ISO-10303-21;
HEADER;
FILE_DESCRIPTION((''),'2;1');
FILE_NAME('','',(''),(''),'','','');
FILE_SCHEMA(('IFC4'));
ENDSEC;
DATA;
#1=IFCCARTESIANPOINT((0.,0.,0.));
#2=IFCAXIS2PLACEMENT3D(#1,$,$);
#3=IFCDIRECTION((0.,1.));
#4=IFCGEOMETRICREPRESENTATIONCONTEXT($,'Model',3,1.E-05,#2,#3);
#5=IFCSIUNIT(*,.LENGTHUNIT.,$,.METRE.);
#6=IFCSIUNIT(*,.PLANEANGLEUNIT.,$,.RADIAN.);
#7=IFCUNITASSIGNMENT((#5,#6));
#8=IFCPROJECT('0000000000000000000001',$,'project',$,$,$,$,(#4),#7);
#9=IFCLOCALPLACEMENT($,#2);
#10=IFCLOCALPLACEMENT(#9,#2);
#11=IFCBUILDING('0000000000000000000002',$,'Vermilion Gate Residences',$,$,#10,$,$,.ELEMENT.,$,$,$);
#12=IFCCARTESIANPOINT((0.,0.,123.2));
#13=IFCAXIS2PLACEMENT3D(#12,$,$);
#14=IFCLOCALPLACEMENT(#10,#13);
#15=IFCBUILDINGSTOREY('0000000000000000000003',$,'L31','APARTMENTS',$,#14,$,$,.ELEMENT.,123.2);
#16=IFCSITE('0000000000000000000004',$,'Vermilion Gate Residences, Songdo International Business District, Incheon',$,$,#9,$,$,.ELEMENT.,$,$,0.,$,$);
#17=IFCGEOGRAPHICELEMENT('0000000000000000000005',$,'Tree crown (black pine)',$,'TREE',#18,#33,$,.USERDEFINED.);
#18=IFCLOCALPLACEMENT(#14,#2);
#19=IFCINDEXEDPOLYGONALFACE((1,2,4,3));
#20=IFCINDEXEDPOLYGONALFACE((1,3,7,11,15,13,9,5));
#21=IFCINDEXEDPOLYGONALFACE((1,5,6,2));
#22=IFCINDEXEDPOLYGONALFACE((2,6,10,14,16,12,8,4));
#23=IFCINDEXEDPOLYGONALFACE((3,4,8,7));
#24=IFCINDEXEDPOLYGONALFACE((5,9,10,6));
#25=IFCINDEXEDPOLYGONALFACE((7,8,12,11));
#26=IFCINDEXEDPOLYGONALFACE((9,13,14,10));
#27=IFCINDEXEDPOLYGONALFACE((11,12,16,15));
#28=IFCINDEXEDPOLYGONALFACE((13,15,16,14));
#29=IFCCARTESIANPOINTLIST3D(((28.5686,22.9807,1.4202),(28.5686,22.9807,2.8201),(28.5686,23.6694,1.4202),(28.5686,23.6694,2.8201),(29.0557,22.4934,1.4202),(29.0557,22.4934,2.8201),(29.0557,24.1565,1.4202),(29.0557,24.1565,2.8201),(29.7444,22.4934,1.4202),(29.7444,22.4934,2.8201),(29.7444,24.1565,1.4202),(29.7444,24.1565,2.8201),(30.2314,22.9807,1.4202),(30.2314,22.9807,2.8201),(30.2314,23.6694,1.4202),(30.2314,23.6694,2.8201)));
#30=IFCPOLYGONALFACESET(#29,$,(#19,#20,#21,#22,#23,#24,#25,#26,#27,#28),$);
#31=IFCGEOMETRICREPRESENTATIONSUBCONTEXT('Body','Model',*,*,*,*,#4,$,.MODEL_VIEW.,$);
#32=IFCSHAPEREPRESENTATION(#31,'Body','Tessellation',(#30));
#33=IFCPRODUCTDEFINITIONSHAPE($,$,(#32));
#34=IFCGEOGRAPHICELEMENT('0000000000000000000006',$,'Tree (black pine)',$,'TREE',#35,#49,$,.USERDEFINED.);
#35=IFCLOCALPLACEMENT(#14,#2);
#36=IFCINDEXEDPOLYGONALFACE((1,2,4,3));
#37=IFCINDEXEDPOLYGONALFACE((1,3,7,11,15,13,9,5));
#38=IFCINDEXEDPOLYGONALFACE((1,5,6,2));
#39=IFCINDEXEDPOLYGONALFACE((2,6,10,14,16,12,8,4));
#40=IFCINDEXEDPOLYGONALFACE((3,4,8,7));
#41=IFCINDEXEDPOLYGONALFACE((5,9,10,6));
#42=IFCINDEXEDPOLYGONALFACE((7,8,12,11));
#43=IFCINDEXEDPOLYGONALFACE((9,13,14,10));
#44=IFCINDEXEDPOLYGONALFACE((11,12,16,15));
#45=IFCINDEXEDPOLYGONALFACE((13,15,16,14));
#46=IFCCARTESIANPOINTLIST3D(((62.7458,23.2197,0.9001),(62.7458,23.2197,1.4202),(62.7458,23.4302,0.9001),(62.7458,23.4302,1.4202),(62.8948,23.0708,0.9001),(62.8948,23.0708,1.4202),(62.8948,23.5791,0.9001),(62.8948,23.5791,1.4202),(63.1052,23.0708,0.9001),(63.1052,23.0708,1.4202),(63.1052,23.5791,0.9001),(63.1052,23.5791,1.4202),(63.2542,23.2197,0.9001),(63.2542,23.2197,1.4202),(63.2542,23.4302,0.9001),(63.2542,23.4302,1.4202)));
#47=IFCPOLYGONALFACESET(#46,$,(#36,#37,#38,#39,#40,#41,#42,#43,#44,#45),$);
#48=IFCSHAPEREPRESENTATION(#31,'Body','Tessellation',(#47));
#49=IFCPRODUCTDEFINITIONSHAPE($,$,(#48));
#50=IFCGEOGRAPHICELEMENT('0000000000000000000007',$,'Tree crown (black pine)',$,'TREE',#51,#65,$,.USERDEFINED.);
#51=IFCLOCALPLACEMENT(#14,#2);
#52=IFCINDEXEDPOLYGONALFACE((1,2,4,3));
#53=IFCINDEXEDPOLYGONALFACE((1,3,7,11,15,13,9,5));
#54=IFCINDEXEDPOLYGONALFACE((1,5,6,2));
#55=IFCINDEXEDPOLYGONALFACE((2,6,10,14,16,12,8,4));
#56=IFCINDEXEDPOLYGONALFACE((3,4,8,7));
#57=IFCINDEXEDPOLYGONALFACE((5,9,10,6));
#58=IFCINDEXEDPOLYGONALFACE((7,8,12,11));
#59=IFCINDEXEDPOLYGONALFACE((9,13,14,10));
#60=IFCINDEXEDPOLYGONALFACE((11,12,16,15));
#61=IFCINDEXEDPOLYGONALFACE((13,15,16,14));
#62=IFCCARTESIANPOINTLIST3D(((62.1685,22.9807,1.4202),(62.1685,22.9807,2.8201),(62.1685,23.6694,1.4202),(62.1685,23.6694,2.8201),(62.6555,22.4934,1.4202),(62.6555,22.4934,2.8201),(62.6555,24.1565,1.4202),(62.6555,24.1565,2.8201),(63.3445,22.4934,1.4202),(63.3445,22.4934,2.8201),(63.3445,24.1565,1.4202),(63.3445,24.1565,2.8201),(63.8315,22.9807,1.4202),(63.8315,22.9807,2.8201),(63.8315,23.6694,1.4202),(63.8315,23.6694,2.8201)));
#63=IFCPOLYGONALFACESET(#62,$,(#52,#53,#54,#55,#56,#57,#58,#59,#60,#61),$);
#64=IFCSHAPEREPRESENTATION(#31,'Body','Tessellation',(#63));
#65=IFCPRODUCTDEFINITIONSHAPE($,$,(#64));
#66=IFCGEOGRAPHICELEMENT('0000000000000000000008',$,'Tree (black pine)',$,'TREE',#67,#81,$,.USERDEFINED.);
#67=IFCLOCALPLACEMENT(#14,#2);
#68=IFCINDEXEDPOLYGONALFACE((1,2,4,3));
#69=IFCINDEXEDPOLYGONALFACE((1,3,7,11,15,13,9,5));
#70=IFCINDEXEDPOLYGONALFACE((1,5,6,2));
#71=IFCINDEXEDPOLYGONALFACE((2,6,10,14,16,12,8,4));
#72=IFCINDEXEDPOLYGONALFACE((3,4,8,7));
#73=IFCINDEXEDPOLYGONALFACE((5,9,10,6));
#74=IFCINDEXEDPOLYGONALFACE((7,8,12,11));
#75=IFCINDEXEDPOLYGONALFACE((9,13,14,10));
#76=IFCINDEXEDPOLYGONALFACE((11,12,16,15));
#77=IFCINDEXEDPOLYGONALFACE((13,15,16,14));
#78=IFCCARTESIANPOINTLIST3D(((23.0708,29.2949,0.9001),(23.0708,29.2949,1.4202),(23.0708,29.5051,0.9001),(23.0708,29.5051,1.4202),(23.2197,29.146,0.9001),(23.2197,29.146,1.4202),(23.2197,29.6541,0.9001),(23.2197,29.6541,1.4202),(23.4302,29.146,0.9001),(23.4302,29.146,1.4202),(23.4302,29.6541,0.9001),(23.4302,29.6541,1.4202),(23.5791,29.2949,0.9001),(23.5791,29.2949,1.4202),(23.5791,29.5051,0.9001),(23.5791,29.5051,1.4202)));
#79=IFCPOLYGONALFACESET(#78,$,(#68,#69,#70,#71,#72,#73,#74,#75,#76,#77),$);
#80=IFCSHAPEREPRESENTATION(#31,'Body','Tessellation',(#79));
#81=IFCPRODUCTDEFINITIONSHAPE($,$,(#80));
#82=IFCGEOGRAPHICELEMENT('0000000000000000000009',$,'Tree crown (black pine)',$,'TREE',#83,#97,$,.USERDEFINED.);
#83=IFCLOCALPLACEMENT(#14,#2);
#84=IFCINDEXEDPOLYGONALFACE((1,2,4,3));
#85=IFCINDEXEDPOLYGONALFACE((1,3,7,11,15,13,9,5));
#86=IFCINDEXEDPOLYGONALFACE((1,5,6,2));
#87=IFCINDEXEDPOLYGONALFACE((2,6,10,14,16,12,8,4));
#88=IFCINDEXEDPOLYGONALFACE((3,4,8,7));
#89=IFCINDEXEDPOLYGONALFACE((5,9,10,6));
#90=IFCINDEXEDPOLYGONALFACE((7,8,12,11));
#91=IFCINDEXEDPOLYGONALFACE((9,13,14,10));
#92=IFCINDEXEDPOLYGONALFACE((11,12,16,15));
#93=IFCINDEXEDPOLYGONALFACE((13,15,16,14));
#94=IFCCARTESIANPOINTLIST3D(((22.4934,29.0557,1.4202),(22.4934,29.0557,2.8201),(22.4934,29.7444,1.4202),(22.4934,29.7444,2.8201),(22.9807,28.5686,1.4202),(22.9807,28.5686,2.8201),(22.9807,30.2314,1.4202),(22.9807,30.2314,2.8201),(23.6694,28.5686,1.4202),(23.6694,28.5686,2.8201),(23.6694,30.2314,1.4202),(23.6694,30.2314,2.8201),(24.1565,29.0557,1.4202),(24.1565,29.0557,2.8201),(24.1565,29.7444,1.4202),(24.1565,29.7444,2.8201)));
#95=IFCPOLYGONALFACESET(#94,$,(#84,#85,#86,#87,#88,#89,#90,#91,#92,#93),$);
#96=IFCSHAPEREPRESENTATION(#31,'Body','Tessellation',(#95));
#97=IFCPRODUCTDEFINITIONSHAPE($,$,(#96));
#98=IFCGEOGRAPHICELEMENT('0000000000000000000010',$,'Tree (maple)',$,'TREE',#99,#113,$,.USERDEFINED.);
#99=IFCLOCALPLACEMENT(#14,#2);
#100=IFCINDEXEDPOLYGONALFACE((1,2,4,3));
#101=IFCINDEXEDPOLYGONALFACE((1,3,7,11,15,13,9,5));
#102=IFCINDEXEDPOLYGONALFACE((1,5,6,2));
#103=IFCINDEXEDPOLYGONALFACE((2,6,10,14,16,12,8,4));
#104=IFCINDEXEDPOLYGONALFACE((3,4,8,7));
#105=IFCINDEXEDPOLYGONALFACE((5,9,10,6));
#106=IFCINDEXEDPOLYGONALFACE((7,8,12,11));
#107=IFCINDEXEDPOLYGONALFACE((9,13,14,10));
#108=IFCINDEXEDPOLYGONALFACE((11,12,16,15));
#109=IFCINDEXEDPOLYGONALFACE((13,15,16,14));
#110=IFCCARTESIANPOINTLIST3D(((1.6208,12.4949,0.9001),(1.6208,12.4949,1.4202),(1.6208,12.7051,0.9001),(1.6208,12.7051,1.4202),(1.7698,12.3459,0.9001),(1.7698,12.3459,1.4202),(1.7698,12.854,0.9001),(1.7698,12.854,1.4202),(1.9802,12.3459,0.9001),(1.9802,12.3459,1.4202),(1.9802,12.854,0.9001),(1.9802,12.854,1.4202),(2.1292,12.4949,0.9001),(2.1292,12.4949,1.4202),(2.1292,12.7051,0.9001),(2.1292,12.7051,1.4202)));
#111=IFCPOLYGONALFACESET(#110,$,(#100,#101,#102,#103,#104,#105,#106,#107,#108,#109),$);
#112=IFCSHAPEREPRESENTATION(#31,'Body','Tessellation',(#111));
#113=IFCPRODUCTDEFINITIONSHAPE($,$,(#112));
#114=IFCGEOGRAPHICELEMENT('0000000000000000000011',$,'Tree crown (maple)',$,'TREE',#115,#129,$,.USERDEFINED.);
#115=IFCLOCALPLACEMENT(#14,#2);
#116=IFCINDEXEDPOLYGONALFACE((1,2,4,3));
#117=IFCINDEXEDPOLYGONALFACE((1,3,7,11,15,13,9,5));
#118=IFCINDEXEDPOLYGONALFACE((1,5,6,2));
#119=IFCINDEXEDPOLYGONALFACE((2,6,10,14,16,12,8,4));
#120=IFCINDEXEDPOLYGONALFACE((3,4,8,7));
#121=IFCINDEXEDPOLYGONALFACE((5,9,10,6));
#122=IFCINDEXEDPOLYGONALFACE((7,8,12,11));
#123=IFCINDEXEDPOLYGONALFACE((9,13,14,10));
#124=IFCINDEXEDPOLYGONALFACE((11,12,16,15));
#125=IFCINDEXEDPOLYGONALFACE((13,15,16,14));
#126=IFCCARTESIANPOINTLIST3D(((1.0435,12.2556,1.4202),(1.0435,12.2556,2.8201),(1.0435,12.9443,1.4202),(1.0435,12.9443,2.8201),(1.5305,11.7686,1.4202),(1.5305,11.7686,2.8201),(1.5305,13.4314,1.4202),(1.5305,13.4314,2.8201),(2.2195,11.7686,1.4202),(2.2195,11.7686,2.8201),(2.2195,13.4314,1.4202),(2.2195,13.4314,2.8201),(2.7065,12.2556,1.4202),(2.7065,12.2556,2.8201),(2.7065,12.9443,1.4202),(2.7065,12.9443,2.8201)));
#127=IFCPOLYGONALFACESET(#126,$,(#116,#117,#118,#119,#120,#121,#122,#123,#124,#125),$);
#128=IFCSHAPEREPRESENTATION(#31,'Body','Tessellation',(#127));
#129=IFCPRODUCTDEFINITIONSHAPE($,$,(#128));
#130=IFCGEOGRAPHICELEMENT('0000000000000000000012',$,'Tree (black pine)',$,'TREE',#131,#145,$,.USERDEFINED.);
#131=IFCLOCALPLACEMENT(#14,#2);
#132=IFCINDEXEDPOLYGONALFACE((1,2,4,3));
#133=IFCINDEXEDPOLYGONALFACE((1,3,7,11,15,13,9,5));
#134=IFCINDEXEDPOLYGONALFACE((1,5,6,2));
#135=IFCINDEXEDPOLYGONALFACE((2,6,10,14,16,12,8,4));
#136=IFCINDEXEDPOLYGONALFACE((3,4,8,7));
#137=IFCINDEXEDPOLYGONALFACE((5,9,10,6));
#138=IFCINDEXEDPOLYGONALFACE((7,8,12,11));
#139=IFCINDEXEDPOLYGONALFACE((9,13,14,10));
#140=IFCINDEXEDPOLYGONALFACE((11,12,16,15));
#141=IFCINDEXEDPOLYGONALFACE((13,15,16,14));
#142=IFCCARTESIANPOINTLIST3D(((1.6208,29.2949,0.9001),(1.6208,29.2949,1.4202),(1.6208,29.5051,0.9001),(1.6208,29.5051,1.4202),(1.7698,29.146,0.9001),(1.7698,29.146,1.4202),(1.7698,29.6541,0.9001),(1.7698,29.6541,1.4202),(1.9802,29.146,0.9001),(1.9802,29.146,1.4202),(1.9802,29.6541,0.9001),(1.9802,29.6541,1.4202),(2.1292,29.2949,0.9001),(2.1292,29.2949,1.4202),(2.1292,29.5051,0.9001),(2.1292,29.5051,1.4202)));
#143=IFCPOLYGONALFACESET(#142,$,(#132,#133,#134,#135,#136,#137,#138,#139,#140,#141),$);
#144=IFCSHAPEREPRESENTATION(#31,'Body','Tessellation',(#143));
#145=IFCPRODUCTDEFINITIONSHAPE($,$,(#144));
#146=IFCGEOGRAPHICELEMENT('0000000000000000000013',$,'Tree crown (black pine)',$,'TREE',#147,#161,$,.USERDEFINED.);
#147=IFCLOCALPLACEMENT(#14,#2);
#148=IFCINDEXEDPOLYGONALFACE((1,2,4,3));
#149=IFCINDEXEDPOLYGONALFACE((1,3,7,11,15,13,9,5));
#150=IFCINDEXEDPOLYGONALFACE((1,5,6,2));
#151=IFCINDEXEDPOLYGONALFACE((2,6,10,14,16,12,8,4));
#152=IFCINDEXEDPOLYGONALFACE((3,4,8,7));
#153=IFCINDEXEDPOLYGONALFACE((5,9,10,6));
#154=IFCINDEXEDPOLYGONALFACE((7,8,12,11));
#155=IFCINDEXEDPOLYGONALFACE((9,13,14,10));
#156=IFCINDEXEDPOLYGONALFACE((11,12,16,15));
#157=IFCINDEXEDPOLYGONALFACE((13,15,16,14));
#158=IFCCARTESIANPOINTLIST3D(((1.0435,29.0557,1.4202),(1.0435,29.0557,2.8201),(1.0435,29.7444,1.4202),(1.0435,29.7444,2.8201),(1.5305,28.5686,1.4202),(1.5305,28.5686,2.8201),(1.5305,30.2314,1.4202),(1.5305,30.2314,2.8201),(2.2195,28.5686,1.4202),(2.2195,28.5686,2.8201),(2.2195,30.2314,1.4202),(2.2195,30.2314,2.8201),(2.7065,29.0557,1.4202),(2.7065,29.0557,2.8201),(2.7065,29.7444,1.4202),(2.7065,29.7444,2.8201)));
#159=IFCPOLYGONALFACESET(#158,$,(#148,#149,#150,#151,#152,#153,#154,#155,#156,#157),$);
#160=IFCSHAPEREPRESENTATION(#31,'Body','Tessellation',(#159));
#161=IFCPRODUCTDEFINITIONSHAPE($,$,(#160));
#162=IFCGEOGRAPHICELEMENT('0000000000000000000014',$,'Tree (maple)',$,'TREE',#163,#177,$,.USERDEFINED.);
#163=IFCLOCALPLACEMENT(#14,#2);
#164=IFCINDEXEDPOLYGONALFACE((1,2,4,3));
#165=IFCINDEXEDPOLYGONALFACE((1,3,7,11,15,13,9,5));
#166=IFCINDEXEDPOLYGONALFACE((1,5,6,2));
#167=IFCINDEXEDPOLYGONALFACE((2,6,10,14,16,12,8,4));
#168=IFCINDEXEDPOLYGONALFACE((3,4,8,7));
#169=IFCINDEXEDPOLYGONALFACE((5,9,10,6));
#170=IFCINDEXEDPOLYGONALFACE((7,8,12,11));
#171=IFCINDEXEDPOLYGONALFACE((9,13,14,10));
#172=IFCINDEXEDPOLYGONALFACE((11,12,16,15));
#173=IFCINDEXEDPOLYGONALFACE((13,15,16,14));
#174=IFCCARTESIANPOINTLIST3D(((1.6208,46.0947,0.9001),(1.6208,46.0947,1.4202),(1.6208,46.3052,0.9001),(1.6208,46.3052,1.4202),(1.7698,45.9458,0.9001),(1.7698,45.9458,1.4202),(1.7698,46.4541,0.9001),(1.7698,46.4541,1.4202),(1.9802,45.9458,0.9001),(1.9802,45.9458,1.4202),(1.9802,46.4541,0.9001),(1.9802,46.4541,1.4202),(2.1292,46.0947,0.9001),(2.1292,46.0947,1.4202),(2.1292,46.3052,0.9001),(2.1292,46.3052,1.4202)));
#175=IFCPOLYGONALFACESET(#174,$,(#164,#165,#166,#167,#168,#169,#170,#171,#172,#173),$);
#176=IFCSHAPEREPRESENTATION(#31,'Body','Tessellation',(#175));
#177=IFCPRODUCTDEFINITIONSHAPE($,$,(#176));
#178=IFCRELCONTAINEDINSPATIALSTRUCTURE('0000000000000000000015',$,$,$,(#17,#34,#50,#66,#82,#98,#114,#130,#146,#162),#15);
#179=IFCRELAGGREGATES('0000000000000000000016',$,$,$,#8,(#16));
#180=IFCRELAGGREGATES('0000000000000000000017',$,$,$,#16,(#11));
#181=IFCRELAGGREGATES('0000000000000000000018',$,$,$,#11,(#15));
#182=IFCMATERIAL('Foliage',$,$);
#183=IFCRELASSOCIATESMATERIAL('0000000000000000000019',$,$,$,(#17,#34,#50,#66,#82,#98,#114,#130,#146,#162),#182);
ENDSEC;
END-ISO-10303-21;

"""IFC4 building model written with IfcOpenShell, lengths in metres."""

from ifc_helpers import new_model, si_unit, direction, frame, origin, place, context, subcontext, project, spatial, polyline, outline, extrude, material, element, save


model = new_model("IFC4")

# Units and contexts
model_context = context("Model", 3, precision=1e-05, world=origin(), true_north=direction((0.0, 1.0)))
body_context = subcontext(model_context, "Body", "Model", "MODEL_VIEW")
ifc_project = project(units=[si_unit("LENGTHUNIT", "METRE"), si_unit("PLANEANGLEUNIT", "RADIAN")], contexts=[model_context])

# Site, building, storey
site_placement = place(None, origin())
site = spatial("IfcSite", under=ifc_project, at=site_placement, Name="Vermilion Gate Residences, Songdo International Business District, Incheon", CompositionType="ELEMENT", RefElevation=0.0)
building_placement = place(site_placement, origin())
building = spatial("IfcBuilding", under=site, at=building_placement, Name="Vermilion Gate Residences", CompositionType="ELEMENT")
storey_placement = place(building_placement, frame((0.0, 0.0, 123.2)))
storey = spatial("IfcBuildingStorey", under=building, at=storey_placement, Name="L31", Description="APARTMENTS", CompositionType="ELEMENT", Elevation=123.2)

# Geographic elements
ifc_material_1 = material(Name="Foliage")
geographic_element_1_placement = place(storey_placement, frame((0.0, 0.0, 1.4202)))
element("IfcGeographicElement", 1, at=geographic_element_1_placement, inside=storey, material=ifc_material_1, Name="Tree crown (black pine)", ObjectType="TREE", PredefinedType="USERDEFINED", context=body_context, shape_type="SweptSolid", body=[
    extrude(outline(polyline([(30.2314, 23.6694), (29.7444, 24.1565), (29.0557, 24.1565), (28.5686, 23.6694), (28.5686, 22.9807), (29.0557, 22.4934), (29.7444, 22.4934), (30.2314, 22.9807), (30.2314, 23.6694)])), origin(), (0.0, 0.0, 1.0), 1.3999),
])
geographic_element_2_placement = place(storey_placement, frame((0.0, 0.0, 0.9001)))
element("IfcGeographicElement", 2, at=geographic_element_2_placement, inside=storey, material=ifc_material_1, Name="Tree (black pine)", ObjectType="TREE", PredefinedType="USERDEFINED", context=body_context, shape_type="SweptSolid", body=[
    extrude(outline(polyline([(63.2542, 23.4302), (63.1052, 23.5791), (62.8948, 23.5791), (62.7458, 23.4302), (62.7458, 23.2197), (62.8948, 23.0708), (63.1052, 23.0708), (63.2542, 23.2197), (63.2542, 23.4302)])), origin(), (0.0, 0.0, 1.0), 0.52),
])
geographic_element_3_placement = place(storey_placement, frame((0.0, 0.0, 1.4202)))
element("IfcGeographicElement", 3, at=geographic_element_3_placement, inside=storey, material=ifc_material_1, Name="Tree crown (black pine)", ObjectType="TREE", PredefinedType="USERDEFINED", context=body_context, shape_type="SweptSolid", body=[
    extrude(outline(polyline([(63.8315, 23.6694), (63.3445, 24.1565), (62.6555, 24.1565), (62.1685, 23.6694), (62.1685, 22.9807), (62.6555, 22.4934), (63.3445, 22.4934), (63.8315, 22.9807), (63.8315, 23.6694)])), origin(), (0.0, 0.0, 1.0), 1.3999),
])
geographic_element_4_placement = place(storey_placement, frame((0.0, 0.0, 0.9001)))
element("IfcGeographicElement", 4, at=geographic_element_4_placement, inside=storey, material=ifc_material_1, Name="Tree (black pine)", ObjectType="TREE", PredefinedType="USERDEFINED", context=body_context, shape_type="SweptSolid", body=[
    extrude(outline(polyline([(23.5791, 29.5051), (23.4302, 29.6541), (23.2197, 29.6541), (23.0708, 29.5051), (23.0708, 29.2949), (23.2197, 29.146), (23.4302, 29.146), (23.5791, 29.2949), (23.5791, 29.5051)])), origin(), (0.0, 0.0, 1.0), 0.52),
])
geographic_element_5_placement = place(storey_placement, frame((0.0, 0.0, 1.4202)))
element("IfcGeographicElement", 5, at=geographic_element_5_placement, inside=storey, material=ifc_material_1, Name="Tree crown (black pine)", ObjectType="TREE", PredefinedType="USERDEFINED", context=body_context, shape_type="SweptSolid", body=[
    extrude(outline(polyline([(24.1565, 29.7444), (23.6694, 30.2314), (22.9807, 30.2314), (22.4934, 29.7444), (22.4934, 29.0557), (22.9807, 28.5686), (23.6694, 28.5686), (24.1565, 29.0557), (24.1565, 29.7444)])), origin(), (0.0, 0.0, 1.0), 1.3999),
])
geographic_element_6_placement = place(storey_placement, frame((0.0, 0.0, 0.9001)))
element("IfcGeographicElement", 6, at=geographic_element_6_placement, inside=storey, material=ifc_material_1, Name="Tree (maple)", ObjectType="TREE", PredefinedType="USERDEFINED", context=body_context, shape_type="SweptSolid", body=[
    extrude(outline(polyline([(2.1292, 12.7051), (1.9802, 12.854), (1.7698, 12.854), (1.6208, 12.7051), (1.6208, 12.4949), (1.7698, 12.3459), (1.9802, 12.3459), (2.1292, 12.4949), (2.1292, 12.7051)])), origin(), (0.0, 0.0, 1.0), 0.52),
])
geographic_element_7_placement = place(storey_placement, frame((0.0, 0.0, 1.4202)))
element("IfcGeographicElement", 7, at=geographic_element_7_placement, inside=storey, material=ifc_material_1, Name="Tree crown (maple)", ObjectType="TREE", PredefinedType="USERDEFINED", context=body_context, shape_type="SweptSolid", body=[
    extrude(outline(polyline([(2.7065, 12.9443), (2.2195, 13.4314), (1.5305, 13.4314), (1.0435, 12.9443), (1.0435, 12.2556), (1.5305, 11.7686), (2.2195, 11.7686), (2.7065, 12.2556), (2.7065, 12.9443)])), origin(), (0.0, 0.0, 1.0), 1.3999),
])
geographic_element_8_placement = place(storey_placement, frame((0.0, 0.0, 0.9001)))
element("IfcGeographicElement", 8, at=geographic_element_8_placement, inside=storey, material=ifc_material_1, Name="Tree (black pine)", ObjectType="TREE", PredefinedType="USERDEFINED", context=body_context, shape_type="SweptSolid", body=[
    extrude(outline(polyline([(2.1292, 29.5051), (1.9802, 29.6541), (1.7698, 29.6541), (1.6208, 29.5051), (1.6208, 29.2949), (1.7698, 29.146), (1.9802, 29.146), (2.1292, 29.2949), (2.1292, 29.5051)])), origin(), (0.0, 0.0, 1.0), 0.52),
])
geographic_element_9_placement = place(storey_placement, frame((0.0, 0.0, 1.4202)))
element("IfcGeographicElement", 9, at=geographic_element_9_placement, inside=storey, material=ifc_material_1, Name="Tree crown (black pine)", ObjectType="TREE", PredefinedType="USERDEFINED", context=body_context, shape_type="SweptSolid", body=[
    extrude(outline(polyline([(2.7065, 29.7444), (2.2195, 30.2314), (1.5305, 30.2314), (1.0435, 29.7444), (1.0435, 29.0557), (1.5305, 28.5686), (2.2195, 28.5686), (2.7065, 29.0557), (2.7065, 29.7444)])), origin(), (0.0, 0.0, 1.0), 1.3999),
])
geographic_element_10_placement = place(storey_placement, frame((0.0, 0.0, 0.9001)))
element("IfcGeographicElement", 10, at=geographic_element_10_placement, inside=storey, material=ifc_material_1, Name="Tree (maple)", ObjectType="TREE", PredefinedType="USERDEFINED", context=body_context, shape_type="SweptSolid", body=[
    extrude(outline(polyline([(2.1292, 46.3052), (1.9802, 46.4541), (1.7698, 46.4541), (1.6208, 46.3052), (1.6208, 46.0947), (1.7698, 45.9458), (1.9802, 45.9458), (2.1292, 46.0947), (2.1292, 46.3052)])), origin(), (0.0, 0.0, 1.0), 0.52),
])

save(model, "model.ifc")
